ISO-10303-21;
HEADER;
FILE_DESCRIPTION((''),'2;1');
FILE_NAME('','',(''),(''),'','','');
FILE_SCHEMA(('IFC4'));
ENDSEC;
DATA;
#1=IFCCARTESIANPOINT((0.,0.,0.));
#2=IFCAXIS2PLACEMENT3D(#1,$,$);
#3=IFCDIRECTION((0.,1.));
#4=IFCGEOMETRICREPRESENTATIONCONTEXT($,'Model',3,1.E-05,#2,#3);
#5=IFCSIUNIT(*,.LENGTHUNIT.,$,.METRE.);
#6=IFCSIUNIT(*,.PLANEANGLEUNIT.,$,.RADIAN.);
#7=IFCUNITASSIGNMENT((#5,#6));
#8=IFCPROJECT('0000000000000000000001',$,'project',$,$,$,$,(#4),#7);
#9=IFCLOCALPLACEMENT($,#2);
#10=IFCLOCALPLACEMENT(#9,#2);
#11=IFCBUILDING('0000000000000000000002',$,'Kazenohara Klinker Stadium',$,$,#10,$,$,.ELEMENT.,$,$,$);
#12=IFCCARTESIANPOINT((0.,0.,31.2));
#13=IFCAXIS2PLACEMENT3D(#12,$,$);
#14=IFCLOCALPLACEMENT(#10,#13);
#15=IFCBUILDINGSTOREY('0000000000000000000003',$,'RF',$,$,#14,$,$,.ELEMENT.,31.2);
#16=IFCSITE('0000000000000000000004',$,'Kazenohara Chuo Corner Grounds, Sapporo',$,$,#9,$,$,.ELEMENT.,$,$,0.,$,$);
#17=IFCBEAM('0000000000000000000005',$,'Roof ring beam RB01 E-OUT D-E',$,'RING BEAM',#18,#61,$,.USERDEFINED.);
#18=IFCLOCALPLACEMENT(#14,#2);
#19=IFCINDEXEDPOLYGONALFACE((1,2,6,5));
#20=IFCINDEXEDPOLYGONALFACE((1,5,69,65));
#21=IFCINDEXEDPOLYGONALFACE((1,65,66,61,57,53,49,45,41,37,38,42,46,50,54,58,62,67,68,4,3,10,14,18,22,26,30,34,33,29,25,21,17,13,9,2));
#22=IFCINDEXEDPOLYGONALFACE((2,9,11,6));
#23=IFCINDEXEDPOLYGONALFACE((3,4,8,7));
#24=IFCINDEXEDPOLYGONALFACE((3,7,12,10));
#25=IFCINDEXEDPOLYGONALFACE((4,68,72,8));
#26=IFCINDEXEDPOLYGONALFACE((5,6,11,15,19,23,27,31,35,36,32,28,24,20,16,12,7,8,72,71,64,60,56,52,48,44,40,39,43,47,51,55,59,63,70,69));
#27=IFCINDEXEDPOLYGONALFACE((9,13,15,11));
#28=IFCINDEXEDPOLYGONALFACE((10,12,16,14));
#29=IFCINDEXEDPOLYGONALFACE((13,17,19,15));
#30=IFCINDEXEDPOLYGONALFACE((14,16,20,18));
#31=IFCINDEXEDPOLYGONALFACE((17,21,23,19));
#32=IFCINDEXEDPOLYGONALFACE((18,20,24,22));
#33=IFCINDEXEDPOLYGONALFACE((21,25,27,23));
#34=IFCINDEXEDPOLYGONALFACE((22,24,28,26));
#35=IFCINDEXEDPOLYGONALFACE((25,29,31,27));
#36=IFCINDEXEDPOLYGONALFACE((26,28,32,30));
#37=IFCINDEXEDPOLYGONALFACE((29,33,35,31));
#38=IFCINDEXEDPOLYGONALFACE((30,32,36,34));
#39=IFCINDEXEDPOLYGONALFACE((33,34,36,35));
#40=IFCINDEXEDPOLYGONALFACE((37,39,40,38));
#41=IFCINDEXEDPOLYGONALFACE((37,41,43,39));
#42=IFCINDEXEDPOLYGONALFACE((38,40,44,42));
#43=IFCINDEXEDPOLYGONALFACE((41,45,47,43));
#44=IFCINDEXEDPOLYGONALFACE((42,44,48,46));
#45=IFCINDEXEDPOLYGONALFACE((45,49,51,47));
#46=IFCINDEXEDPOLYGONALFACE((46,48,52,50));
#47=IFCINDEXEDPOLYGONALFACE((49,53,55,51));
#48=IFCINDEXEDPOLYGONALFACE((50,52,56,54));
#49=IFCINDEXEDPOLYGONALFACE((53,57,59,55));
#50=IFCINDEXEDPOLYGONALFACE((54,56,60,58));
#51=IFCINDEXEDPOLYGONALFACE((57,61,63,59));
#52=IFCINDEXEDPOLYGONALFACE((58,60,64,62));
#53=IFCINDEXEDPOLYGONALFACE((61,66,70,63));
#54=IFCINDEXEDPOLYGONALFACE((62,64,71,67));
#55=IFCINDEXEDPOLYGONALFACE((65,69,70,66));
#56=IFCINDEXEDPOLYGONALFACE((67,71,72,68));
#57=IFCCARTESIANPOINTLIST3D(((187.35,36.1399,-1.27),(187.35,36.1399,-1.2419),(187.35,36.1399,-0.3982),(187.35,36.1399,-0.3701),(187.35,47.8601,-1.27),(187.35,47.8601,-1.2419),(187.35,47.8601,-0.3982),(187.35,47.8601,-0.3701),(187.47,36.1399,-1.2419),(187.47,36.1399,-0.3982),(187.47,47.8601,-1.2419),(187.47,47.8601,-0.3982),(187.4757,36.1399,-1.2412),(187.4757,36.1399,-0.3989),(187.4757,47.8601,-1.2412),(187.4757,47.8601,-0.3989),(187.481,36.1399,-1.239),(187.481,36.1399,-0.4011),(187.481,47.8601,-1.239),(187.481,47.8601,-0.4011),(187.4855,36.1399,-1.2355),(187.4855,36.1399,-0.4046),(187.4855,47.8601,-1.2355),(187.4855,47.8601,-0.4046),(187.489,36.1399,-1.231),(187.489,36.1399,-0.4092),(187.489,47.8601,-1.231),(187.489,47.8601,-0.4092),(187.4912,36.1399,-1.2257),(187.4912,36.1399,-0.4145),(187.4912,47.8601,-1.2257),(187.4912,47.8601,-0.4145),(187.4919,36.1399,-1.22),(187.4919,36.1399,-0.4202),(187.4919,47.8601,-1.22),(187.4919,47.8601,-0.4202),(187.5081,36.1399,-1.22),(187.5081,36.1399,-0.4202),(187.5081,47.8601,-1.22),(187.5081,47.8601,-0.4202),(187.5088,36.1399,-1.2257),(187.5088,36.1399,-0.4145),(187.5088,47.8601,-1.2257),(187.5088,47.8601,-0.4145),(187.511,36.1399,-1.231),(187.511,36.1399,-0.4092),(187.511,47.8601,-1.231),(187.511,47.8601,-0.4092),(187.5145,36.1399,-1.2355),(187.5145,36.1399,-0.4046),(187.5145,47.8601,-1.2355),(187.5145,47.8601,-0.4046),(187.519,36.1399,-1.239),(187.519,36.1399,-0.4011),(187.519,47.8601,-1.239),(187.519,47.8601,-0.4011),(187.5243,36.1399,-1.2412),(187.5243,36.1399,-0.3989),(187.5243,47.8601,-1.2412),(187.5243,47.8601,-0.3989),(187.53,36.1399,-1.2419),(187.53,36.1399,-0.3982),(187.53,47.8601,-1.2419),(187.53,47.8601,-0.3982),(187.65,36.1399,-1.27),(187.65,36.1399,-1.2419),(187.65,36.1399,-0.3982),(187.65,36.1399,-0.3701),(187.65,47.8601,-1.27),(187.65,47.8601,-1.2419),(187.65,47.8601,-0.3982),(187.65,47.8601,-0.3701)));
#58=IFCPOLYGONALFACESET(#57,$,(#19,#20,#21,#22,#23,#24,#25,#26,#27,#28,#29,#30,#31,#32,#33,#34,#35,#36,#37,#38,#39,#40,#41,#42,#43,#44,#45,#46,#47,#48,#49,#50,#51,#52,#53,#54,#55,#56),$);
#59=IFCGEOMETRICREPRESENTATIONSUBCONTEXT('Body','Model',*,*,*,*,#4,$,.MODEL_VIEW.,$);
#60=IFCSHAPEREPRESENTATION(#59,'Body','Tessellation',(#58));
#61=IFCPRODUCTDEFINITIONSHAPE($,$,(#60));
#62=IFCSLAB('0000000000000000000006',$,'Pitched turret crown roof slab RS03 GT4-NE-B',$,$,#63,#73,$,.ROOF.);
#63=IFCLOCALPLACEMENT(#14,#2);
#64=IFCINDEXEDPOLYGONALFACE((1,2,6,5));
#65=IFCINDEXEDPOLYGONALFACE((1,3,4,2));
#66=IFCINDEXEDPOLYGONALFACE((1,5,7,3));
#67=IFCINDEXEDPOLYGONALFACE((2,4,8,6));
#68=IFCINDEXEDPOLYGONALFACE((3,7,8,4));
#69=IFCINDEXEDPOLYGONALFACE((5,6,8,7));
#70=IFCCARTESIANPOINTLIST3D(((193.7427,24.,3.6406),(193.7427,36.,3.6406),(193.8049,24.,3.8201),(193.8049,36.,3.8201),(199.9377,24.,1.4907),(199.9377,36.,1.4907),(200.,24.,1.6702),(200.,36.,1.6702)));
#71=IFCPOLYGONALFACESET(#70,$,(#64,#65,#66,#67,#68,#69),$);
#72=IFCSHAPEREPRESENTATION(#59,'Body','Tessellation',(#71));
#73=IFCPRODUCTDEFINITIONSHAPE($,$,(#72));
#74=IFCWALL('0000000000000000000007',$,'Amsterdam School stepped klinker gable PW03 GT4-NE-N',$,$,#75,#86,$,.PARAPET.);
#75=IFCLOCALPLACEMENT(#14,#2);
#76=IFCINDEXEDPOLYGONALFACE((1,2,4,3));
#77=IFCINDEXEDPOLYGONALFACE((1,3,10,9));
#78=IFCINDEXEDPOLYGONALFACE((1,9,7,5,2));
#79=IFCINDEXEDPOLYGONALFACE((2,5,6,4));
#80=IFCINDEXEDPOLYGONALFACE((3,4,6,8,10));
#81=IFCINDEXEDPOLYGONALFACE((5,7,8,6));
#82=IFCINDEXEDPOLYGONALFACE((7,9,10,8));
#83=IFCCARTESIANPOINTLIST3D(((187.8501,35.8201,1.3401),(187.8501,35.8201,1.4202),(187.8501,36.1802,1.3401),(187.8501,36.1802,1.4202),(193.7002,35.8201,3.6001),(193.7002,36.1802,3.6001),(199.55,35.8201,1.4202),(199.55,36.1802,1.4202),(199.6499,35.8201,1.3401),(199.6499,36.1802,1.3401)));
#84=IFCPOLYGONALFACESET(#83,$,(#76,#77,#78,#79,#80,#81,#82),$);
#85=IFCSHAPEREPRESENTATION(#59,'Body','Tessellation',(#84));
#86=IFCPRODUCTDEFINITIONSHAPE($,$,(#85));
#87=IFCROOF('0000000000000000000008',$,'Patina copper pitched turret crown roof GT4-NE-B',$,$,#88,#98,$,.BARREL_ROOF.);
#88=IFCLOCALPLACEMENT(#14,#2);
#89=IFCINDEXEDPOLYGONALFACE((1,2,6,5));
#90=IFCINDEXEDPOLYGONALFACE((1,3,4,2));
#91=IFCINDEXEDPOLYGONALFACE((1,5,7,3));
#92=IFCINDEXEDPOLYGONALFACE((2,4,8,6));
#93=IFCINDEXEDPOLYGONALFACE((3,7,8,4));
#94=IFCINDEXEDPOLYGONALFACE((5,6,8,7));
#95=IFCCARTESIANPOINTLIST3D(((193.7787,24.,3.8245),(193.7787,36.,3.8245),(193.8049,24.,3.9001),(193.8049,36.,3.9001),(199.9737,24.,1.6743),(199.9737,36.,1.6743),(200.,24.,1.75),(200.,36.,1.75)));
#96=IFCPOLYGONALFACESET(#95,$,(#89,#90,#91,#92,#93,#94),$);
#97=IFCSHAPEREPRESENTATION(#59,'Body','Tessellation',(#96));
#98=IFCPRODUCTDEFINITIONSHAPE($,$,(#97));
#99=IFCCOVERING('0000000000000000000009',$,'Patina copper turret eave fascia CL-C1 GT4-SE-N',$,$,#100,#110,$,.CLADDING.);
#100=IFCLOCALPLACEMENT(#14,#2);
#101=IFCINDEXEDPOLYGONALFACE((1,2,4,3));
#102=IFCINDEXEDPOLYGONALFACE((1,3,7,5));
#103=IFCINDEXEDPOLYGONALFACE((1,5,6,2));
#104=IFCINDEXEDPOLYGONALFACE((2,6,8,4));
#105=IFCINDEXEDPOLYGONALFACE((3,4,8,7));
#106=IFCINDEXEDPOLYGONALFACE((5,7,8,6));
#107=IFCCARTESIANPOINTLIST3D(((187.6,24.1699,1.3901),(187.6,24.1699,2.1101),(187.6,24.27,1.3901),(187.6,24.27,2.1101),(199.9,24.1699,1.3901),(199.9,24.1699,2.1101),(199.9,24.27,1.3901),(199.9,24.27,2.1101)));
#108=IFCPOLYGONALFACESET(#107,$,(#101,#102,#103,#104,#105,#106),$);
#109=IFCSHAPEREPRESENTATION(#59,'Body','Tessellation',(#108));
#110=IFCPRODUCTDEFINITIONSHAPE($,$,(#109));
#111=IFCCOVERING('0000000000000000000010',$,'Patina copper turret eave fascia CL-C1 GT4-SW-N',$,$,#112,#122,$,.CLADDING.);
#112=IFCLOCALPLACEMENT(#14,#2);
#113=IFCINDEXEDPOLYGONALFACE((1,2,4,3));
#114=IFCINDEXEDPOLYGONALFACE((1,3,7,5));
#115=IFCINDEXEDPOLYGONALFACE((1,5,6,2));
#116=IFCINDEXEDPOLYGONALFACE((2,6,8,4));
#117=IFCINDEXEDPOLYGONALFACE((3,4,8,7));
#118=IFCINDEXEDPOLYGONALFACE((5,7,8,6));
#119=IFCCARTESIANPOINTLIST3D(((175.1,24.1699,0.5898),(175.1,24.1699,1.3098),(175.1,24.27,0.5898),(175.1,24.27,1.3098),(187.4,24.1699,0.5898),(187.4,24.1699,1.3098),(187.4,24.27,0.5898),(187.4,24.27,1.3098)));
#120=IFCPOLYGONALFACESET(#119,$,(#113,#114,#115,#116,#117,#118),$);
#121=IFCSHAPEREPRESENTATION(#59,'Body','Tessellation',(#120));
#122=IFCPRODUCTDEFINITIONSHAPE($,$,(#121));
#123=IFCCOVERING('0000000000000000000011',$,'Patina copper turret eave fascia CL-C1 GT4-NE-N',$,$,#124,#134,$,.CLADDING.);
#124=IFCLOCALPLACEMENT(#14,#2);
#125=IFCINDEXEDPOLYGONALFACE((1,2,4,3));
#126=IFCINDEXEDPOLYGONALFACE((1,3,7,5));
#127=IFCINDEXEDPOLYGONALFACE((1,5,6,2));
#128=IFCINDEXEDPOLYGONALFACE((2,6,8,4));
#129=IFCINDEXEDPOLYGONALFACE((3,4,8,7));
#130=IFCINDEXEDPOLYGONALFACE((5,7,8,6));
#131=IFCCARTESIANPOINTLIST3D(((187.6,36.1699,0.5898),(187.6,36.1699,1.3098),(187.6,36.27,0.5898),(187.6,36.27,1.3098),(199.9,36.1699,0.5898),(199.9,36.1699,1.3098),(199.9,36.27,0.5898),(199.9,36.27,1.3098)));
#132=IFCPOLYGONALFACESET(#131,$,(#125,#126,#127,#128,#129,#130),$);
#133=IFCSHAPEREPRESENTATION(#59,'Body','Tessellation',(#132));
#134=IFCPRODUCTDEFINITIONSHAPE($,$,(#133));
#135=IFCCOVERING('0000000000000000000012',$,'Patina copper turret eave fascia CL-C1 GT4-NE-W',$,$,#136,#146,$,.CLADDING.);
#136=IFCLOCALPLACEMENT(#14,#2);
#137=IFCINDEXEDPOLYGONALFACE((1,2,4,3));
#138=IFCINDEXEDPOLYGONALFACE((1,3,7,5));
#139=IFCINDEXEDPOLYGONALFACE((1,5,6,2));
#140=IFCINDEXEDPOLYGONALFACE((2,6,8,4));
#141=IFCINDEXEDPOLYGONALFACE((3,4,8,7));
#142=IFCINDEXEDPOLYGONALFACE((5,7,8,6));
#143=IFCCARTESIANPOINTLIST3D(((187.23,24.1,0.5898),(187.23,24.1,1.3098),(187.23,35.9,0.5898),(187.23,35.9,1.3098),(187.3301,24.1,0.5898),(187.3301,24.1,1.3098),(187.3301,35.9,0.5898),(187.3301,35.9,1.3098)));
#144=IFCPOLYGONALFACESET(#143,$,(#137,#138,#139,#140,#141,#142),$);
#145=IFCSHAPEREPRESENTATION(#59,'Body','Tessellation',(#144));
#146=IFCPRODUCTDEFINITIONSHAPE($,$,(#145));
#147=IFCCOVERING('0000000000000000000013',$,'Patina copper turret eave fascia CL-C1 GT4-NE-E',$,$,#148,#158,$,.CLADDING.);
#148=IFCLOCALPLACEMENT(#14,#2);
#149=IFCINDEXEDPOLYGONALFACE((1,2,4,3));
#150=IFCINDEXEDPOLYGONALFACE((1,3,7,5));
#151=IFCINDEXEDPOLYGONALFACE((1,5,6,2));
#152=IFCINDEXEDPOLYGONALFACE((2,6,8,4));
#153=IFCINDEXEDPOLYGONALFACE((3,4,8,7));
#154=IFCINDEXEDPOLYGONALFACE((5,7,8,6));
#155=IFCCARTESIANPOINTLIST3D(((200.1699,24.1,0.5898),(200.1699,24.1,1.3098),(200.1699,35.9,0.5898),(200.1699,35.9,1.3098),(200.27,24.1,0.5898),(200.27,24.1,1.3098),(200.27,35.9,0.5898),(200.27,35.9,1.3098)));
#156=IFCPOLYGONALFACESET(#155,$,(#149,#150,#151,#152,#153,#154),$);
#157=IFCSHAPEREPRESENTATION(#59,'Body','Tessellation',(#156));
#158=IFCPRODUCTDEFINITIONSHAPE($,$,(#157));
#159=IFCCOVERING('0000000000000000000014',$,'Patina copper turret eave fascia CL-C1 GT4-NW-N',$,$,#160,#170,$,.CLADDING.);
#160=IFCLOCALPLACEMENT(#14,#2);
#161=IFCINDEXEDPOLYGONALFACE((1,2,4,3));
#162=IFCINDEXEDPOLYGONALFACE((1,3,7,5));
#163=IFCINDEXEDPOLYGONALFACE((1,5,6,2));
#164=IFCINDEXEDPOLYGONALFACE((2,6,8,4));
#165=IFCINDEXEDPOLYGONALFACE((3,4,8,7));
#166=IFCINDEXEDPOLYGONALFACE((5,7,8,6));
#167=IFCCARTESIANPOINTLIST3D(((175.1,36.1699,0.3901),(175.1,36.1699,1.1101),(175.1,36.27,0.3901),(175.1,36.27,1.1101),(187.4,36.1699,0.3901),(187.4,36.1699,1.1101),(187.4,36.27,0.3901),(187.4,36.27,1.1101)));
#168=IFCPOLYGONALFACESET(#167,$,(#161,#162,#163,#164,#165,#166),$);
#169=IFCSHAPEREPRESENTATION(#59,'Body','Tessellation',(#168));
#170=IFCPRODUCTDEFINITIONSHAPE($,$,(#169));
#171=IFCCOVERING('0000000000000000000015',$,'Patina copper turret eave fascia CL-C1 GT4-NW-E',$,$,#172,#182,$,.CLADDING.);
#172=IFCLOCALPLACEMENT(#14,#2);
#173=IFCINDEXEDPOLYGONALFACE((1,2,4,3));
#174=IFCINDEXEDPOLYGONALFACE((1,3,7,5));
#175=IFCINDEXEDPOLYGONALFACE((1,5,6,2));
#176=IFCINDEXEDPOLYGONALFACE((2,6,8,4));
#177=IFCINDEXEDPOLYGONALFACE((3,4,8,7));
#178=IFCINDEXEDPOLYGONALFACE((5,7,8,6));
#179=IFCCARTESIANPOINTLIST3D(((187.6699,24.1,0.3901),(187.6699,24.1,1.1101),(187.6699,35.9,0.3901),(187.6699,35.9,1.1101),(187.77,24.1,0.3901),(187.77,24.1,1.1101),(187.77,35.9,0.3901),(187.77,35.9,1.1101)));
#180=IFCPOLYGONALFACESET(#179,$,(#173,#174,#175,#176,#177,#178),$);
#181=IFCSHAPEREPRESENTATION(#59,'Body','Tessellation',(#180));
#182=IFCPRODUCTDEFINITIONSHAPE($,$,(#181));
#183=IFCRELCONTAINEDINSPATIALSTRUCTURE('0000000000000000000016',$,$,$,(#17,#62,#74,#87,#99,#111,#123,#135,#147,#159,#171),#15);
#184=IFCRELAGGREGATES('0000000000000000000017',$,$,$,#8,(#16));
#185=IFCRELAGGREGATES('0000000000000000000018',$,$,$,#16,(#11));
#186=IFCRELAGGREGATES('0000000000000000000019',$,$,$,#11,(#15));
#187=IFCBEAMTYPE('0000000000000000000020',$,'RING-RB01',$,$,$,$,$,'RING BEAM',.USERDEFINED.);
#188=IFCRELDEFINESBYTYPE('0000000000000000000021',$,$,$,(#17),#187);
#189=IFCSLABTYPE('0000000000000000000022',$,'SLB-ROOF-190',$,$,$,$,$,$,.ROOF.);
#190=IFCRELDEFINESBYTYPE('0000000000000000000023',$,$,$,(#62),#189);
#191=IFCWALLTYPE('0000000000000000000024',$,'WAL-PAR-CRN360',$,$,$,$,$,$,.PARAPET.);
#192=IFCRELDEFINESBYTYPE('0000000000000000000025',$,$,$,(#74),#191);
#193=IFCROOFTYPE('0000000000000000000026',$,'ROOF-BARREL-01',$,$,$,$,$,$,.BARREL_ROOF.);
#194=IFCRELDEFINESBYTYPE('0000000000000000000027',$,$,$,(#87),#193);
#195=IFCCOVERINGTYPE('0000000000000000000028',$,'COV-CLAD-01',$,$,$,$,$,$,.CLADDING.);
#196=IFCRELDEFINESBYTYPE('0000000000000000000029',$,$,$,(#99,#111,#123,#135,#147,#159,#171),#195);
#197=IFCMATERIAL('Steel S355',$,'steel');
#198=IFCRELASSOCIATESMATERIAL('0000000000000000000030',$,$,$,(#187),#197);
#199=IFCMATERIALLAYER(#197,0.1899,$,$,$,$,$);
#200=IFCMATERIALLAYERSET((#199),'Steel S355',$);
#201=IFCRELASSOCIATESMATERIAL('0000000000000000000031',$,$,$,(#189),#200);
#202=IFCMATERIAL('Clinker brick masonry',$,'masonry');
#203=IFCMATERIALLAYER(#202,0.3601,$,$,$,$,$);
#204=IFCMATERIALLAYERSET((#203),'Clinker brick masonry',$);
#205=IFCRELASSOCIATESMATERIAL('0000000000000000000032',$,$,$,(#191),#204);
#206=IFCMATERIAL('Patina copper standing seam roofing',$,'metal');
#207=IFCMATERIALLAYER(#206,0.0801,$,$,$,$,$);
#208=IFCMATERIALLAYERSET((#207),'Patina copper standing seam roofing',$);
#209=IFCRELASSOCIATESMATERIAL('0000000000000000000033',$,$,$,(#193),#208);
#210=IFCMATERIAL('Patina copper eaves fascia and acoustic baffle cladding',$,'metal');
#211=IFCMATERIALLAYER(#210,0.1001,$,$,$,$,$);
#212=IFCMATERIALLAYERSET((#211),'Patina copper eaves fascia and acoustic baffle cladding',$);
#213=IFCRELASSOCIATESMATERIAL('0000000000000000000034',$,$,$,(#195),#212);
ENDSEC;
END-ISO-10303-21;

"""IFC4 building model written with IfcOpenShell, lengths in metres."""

from ifc_helpers import new_model, si_unit, direction, frame, origin, origin_2d, place, context, subcontext, project, spatial, polyline, rectangle, i_section, outline, extrude, material, layer, layer_set, material_profile, profile_set, type_object, element, save


model = new_model("IFC4")

# Units and contexts
model_context = context("Model", 3, precision=1e-05, world=origin(), true_north=direction((0.0, 1.0)))
body_context = subcontext(model_context, "Body", "Model", "MODEL_VIEW")
ifc_project = project(units=[si_unit("LENGTHUNIT", "METRE"), si_unit("PLANEANGLEUNIT", "RADIAN")], contexts=[model_context])

# Site, building, storey
site_placement = place(None, origin())
site = spatial("IfcSite", under=ifc_project, at=site_placement, Name="Kazenohara Chuo Corner Grounds, Sapporo", CompositionType="ELEMENT", RefElevation=0.0)
building_placement = place(site_placement, origin())
building = spatial("IfcBuilding", under=site, at=building_placement, Name="Kazenohara Klinker Stadium", CompositionType="ELEMENT")
storey_placement = place(building_placement, frame((0.0, 0.0, 31.2)))
storey = spatial("IfcBuildingStorey", under=building, at=storey_placement, Name="RF", CompositionType="ELEMENT", Elevation=31.2)

# Shared definitions
ifc_material_1 = material(Name="Steel S355", Category="steel")

# Beam
ifc_material_profile_1 = material_profile(ifc_material_1, i_section(OverallWidth=0.3, OverallDepth=0.8999, WebThickness=0.0161, FlangeThickness=0.0281, FilletRadius=0.022, at=origin_2d()), Name="H-900x300x16x28")
ifc_profile_set_1 = profile_set([ifc_material_profile_1], Name="Steel S355")
beam_type_1 = type_object("IfcBeamType", Name="RING-RB01", ElementType="RING BEAM", PredefinedType="USERDEFINED", material=ifc_profile_set_1)
beam_1_placement = place(storey_placement, frame((187.5, 36.1399, -0.8201), z_axis=(0.0, 1.0, 0.0), x_axis=(-1.0, 0.0, 0.0)))
element("IfcBeam", 1, at=beam_1_placement, inside=storey, type_object=beam_type_1, Name="Roof ring beam RB01 E-OUT D-E", ObjectType="RING BEAM", PredefinedType="USERDEFINED", context=body_context, shape_type="SweptSolid", body=[
    extrude(i_section(OverallWidth=0.3, OverallDepth=0.8999, WebThickness=0.0161, FlangeThickness=0.0281, FilletRadius=0.022, at=origin_2d()), origin(), (0.0, 0.0, 1.0), 11.7202),
])

# Slab
ifc_layer_1 = layer(ifc_material_1, 0.1899)
ifc_layer_set_1 = layer_set([ifc_layer_1], Name="Steel S355")
slab_type = type_object("IfcSlabType", Name="SLB-ROOF-190", PredefinedType="ROOF", material=ifc_layer_set_1)
slab_placement = place(storey_placement, frame((193.8049, 24.0, 3.8201), z_axis=(0.327853, 0.0, 0.944729), x_axis=(0.944729, 0.0, -0.327853)))
element("IfcSlab", 2, at=slab_placement, inside=storey, type_object=slab_type, Name="Pitched turret crown roof slab RS03 GT4-NE-B", PredefinedType="ROOF", context=body_context, shape_type="SweptSolid", body=[
    extrude(outline(polyline([(0.0, 0.0), (6.5575, 0.0), (6.5575, 12.0), (0.0, 12.0), (0.0, 0.0)])), origin(), (0.0, 0.0, -1.0), 0.1899),
])

# Wall
ifc_material_2 = material(Name="Clinker brick masonry", Category="masonry")
ifc_layer_2 = layer(ifc_material_2, 0.3601)
ifc_layer_set_2 = layer_set([ifc_layer_2], Name="Clinker brick masonry")
wall_type = type_object("IfcWallType", Name="WAL-PAR-CRN360", PredefinedType="PARAPET", material=ifc_layer_set_2)
wall_placement = place(storey_placement, frame((187.8501, 36.0, 1.3401), z_axis=(0.0, 0.0, 1.0), x_axis=(1.0, 0.0, 0.0)))
element("IfcWall", 3, at=wall_placement, inside=storey, type_object=wall_type, Name="Amsterdam School stepped klinker gable PW03 GT4-NE-N", PredefinedType="PARAPET", context=body_context, shape_type="SweptSolid", body=[
    extrude(outline(polyline([(0.0, 0.0), (11.7998, 0.0), (11.7, 0.0801), (5.8501, 2.26), (0.0, 0.0801), (0.0, 0.0)])), frame((0.0, 0.1802, 0.0), z_axis=(0.0, -1.0, 0.0), x_axis=(1.0, 0.0, 0.0)), (0.0, 0.0, 1.0), 0.3601),
])

# Roof
ifc_material_3 = material(Name="Patina copper standing seam roofing", Category="metal")
ifc_layer_3 = layer(ifc_material_3, 0.0801)
ifc_layer_set_3 = layer_set([ifc_layer_3], Name="Patina copper standing seam roofing")
roof_type = type_object("IfcRoofType", Name="ROOF-BARREL-01", PredefinedType="BARREL_ROOF", material=ifc_layer_set_3)
roof_placement = place(storey_placement, frame((193.8049, 24.0, 3.9001), z_axis=(0.327887, 0.0, 0.944717), x_axis=(0.944717, 0.0, -0.327887)))
element("IfcRoof", 4, at=roof_placement, inside=storey, type_object=roof_type, Name="Patina copper pitched turret crown roof GT4-NE-B", PredefinedType="BARREL_ROOF", context=body_context, shape_type="SweptSolid", body=[
    extrude(outline(polyline([(0.0, 0.0), (6.5576, 0.0), (6.5576, 12.0), (0.0, 12.0), (0.0, 0.0)])), origin(), (0.0, 0.0, -1.0), 0.0801),
])

# Coverings
ifc_material_4 = material(Name="Patina copper eaves fascia and acoustic baffle cladding", Category="metal")
ifc_layer_4 = layer(ifc_material_4, 0.1001)
ifc_layer_set_4 = layer_set([ifc_layer_4], Name="Patina copper eaves fascia and acoustic baffle cladding")
covering_type = type_object("IfcCoveringType", Name="COV-CLAD-01", PredefinedType="CLADDING", material=ifc_layer_set_4)
for number, where, z_axis, x_axis, name in (
    (5, (193.75, 24.22, 1.3901), (0.0, 0.0, 1.0), (1.0, 0.0, 0.0), "Patina copper turret eave fascia CL-C1 GT4-SE-N"),
    (6, (181.25, 24.22, 0.5898), (0.0, 0.0, 1.0), (1.0, 0.0, 0.0), "Patina copper turret eave fascia CL-C1 GT4-SW-N"),
    (7, (193.75, 36.22, 0.5898), (0.0, 0.0, 1.0), (1.0, 0.0, 0.0), "Patina copper turret eave fascia CL-C1 GT4-NE-N"),
):
    element("IfcCovering", number, at=place(storey_placement, frame(where, z_axis=z_axis, x_axis=x_axis)), inside=storey, type_object=covering_type, Name=name, PredefinedType="CLADDING", context=body_context, shape_type="SweptSolid", body=[
        extrude(rectangle(XDim=12.3, YDim=0.1001, at=origin_2d()), origin(), (0.0, 0.0, 1.0), 0.72),
    ])
for number, where, z_axis, x_axis, name in (
    (8, (187.28, 30.0, 0.5898), (0.0, 0.0, 1.0), (1.0, 0.0, 0.0), "Patina copper turret eave fascia CL-C1 GT4-NE-W"),
    (9, (200.22, 30.0, 0.5898), (0.0, 0.0, 1.0), (1.0, 0.0, 0.0), "Patina copper turret eave fascia CL-C1 GT4-NE-E"),
):
    element("IfcCovering", number, at=place(storey_placement, frame(where, z_axis=z_axis, x_axis=x_axis)), inside=storey, type_object=covering_type, Name=name, PredefinedType="CLADDING", context=body_context, shape_type="SweptSolid", body=[
        extrude(rectangle(XDim=0.1001, YDim=11.8, at=origin_2d()), origin(), (0.0, 0.0, 1.0), 0.72),
    ])
covering_1_placement = place(storey_placement, frame((181.25, 36.22, 0.3901), z_axis=(0.0, 0.0, 1.0), x_axis=(1.0, 0.0, 0.0)))
element("IfcCovering", 10, at=covering_1_placement, inside=storey, type_object=covering_type, Name="Patina copper turret eave fascia CL-C1 GT4-NW-N", PredefinedType="CLADDING", context=body_context, shape_type="SweptSolid", body=[
    extrude(rectangle(XDim=12.3, YDim=0.1001, at=origin_2d()), origin(), (0.0, 0.0, 1.0), 0.72),
])
covering_2_placement = place(storey_placement, frame((187.72, 30.0, 0.3901), z_axis=(0.0, 0.0, 1.0), x_axis=(1.0, 0.0, 0.0)))
element("IfcCovering", 11, at=covering_2_placement, inside=storey, type_object=covering_type, Name="Patina copper turret eave fascia CL-C1 GT4-NW-E", PredefinedType="CLADDING", context=body_context, shape_type="SweptSolid", body=[
    extrude(rectangle(XDim=0.1001, YDim=11.8, at=origin_2d()), origin(), (0.0, 0.0, 1.0), 0.72),
])

save(model, "model.ifc")
